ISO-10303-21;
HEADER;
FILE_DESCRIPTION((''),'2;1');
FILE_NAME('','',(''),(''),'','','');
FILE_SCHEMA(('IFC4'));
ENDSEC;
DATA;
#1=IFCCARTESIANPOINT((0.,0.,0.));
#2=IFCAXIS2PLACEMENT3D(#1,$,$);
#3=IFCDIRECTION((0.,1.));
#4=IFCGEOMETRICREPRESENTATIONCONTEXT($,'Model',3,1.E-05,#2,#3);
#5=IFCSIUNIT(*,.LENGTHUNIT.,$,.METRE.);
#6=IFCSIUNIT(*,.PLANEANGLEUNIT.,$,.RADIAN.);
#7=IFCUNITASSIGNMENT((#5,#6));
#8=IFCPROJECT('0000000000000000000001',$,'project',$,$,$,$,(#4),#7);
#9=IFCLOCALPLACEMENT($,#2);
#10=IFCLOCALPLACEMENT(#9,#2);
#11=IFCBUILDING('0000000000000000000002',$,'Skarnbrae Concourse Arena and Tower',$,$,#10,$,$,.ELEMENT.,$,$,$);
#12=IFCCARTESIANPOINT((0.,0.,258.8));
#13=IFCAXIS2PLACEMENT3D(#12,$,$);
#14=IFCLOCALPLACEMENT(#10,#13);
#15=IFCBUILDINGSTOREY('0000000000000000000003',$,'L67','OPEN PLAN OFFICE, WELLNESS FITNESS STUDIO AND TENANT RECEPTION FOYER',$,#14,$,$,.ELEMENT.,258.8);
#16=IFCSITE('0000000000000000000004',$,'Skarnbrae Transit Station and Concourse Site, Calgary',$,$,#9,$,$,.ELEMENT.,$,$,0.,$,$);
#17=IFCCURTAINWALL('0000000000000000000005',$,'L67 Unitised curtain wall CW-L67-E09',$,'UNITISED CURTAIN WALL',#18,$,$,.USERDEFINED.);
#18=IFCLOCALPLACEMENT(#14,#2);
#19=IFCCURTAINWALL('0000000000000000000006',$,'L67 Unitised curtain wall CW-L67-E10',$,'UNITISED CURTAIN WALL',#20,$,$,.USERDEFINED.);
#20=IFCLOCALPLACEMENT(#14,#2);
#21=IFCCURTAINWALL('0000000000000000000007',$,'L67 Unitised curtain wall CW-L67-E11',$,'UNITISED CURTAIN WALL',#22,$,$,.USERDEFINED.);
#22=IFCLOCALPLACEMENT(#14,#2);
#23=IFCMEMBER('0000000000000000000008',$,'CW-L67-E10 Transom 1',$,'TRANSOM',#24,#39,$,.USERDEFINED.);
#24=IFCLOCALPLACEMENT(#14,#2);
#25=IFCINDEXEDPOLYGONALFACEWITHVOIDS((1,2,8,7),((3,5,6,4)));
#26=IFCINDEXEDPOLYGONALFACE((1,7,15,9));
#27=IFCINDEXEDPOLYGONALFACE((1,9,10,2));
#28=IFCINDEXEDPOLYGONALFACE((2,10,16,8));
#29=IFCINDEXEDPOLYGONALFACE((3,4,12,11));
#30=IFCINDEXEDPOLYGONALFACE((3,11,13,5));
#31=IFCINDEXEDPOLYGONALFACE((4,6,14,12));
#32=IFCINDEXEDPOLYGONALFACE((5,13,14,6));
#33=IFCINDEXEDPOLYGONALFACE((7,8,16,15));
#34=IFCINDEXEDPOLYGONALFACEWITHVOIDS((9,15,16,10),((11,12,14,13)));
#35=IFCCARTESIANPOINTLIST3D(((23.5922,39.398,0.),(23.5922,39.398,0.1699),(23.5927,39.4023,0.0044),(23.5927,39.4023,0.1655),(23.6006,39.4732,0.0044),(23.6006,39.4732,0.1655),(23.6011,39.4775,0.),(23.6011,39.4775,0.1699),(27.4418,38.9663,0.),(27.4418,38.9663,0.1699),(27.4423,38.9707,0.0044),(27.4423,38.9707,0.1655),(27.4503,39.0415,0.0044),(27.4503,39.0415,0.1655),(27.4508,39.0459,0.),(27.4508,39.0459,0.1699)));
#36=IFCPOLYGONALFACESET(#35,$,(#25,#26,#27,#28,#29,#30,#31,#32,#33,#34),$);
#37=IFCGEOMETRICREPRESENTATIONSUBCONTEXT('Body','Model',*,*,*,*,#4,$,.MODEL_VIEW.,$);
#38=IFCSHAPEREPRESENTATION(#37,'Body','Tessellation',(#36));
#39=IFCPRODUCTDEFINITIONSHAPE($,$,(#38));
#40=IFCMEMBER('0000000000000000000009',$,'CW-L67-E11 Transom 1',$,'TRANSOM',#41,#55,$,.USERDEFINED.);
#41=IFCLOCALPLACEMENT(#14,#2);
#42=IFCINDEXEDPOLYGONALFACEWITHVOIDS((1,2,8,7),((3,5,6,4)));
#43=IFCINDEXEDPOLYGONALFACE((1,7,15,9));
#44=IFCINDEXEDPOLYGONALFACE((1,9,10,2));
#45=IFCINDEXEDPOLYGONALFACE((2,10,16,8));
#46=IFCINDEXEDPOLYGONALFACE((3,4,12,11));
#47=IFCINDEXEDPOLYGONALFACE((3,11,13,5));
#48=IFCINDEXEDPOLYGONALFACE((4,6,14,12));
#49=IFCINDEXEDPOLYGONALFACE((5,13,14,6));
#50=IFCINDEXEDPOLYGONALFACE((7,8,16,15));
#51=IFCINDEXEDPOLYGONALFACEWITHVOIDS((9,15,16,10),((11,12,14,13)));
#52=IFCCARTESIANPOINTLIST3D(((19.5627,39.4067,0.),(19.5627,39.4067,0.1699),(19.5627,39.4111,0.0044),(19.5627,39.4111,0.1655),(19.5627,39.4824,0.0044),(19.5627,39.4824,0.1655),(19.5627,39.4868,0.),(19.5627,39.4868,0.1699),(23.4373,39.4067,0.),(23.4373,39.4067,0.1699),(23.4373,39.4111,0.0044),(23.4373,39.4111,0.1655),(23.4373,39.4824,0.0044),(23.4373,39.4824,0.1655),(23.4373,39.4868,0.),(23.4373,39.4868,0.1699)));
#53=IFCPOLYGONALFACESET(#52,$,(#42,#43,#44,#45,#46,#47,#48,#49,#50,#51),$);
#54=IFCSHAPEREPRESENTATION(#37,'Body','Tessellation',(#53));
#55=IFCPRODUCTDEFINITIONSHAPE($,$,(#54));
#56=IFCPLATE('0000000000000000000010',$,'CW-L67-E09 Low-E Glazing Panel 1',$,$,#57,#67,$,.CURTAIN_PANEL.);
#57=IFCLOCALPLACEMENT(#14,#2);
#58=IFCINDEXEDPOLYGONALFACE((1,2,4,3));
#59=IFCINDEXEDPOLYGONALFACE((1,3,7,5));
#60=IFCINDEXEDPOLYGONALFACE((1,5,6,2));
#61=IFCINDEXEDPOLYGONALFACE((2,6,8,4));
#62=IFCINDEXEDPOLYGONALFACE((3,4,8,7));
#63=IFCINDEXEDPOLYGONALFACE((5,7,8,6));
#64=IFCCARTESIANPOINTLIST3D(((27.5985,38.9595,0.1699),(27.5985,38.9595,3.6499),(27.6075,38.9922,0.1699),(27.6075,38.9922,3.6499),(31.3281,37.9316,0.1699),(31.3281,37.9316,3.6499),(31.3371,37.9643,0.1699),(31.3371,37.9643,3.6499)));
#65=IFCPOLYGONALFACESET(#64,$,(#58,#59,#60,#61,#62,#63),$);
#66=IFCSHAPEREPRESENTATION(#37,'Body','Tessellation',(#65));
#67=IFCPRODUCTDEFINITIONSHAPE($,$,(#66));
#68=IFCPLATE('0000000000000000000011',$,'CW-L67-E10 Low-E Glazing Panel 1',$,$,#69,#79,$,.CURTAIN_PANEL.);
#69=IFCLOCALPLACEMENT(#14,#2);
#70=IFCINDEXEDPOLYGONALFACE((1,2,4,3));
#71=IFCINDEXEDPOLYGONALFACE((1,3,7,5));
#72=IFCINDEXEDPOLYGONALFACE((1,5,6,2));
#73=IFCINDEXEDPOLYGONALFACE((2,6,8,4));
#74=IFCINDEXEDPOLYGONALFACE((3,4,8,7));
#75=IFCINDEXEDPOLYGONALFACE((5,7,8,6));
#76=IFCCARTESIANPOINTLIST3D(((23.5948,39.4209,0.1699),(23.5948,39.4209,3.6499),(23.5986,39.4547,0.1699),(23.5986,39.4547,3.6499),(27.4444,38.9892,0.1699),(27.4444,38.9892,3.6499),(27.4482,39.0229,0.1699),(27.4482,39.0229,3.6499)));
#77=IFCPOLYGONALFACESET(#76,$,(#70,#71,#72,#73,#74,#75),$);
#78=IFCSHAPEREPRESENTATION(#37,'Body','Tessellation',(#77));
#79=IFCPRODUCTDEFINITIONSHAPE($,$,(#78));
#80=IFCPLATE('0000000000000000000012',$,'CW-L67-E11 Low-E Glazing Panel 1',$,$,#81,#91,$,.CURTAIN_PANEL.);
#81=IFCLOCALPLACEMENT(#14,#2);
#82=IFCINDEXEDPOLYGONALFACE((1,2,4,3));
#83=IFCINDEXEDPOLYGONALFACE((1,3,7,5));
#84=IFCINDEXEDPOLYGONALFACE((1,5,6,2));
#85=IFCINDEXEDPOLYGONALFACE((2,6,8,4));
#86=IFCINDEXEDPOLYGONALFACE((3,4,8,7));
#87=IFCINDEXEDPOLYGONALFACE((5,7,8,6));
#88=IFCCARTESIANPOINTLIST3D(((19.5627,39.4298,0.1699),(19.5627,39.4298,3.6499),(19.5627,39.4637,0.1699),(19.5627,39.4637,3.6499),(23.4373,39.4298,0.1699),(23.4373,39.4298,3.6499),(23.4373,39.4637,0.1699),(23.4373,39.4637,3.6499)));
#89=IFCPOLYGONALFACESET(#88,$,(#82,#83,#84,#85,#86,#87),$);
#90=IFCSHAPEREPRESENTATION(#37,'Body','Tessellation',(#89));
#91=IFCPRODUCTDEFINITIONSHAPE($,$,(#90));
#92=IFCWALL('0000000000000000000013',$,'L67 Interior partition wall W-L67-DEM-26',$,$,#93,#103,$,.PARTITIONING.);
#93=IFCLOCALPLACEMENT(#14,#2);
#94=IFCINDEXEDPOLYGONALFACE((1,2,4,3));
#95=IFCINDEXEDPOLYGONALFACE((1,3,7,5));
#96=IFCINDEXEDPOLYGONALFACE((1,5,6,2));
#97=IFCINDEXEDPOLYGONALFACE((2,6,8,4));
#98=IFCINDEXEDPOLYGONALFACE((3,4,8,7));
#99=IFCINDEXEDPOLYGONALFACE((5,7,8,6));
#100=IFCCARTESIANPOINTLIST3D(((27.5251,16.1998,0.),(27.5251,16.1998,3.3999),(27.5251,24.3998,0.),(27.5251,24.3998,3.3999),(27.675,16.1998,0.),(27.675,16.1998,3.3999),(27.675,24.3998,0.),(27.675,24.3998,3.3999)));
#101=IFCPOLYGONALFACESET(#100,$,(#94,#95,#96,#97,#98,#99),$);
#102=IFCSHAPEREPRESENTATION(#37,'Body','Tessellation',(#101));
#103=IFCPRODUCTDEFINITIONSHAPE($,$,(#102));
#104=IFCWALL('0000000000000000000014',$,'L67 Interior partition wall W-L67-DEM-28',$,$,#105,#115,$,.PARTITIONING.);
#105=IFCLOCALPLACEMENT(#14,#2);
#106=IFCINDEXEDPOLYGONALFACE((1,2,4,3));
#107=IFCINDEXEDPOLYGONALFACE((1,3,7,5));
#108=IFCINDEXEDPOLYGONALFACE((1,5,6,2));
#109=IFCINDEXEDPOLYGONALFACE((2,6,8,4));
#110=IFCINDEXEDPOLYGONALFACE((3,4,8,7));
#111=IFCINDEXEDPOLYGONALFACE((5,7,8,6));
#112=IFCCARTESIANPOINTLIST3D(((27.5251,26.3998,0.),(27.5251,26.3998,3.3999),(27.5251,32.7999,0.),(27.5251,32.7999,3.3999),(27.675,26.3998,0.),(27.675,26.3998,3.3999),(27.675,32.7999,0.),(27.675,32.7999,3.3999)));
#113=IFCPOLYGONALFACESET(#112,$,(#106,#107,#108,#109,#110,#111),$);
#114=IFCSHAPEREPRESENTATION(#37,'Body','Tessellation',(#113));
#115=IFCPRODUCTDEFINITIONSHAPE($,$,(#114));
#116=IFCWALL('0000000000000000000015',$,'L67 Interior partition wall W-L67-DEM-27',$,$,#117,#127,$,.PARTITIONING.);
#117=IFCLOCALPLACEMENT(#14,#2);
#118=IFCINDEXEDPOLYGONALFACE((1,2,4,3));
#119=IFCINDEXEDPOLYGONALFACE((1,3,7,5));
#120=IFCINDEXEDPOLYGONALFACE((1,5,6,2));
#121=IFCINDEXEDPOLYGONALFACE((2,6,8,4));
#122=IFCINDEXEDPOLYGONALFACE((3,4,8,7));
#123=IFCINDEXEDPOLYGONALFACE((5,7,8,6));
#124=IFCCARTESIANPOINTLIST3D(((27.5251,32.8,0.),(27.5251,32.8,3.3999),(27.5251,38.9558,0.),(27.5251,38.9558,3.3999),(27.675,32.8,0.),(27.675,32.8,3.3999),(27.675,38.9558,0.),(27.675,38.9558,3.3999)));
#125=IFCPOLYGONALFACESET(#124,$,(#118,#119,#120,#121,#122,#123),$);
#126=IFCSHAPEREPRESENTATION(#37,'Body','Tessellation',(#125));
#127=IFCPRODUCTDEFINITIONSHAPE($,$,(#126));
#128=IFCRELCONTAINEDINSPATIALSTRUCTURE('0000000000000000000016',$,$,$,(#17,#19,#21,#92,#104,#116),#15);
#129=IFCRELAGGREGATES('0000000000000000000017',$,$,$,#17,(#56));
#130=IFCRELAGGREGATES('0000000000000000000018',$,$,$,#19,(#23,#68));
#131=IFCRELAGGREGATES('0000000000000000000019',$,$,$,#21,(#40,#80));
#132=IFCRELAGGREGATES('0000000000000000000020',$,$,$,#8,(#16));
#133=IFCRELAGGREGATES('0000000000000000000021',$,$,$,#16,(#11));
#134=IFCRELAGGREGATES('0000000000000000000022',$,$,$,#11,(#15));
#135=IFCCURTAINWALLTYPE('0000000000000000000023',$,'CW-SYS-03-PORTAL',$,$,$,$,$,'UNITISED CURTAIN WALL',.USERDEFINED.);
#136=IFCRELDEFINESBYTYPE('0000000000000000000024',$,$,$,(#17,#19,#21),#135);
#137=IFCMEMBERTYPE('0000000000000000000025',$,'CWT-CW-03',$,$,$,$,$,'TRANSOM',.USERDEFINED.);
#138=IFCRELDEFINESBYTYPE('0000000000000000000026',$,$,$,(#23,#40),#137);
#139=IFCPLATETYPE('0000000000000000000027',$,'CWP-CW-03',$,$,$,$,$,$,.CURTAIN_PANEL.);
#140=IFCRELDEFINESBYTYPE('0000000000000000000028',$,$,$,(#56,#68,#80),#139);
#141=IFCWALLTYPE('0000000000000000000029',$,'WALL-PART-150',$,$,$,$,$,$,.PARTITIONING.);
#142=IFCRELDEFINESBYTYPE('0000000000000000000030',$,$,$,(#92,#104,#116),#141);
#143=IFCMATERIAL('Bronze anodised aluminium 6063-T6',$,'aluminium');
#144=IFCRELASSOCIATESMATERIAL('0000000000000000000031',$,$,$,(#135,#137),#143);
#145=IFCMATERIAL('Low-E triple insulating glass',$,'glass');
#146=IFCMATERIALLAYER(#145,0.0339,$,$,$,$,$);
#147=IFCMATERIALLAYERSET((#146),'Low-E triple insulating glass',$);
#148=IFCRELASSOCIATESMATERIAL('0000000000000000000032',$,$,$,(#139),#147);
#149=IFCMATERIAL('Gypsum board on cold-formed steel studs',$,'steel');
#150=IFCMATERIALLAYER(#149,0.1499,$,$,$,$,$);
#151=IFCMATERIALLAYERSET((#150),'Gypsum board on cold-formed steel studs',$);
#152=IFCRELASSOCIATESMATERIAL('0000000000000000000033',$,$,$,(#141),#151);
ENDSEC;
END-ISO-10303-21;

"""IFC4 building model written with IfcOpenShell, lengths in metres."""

from ifc_helpers import new_model, si_unit, direction, frame, frame_2d, origin, origin_2d, place, context, subcontext, project, spatial, rectangle, hollow_rectangle, extrude, source, transform, mapped, material, layer, layer_set, material_profile, profile_set, type_object, element, aggregate, save


model = new_model("IFC4")

# Units and contexts
model_context = context("Model", 3, precision=1e-05, world=origin(), true_north=direction((0.0, 1.0)))
body_context = subcontext(model_context, "Body", "Model", "MODEL_VIEW")
ifc_project = project(units=[si_unit("LENGTHUNIT", "METRE"), si_unit("PLANEANGLEUNIT", "RADIAN")], contexts=[model_context])

# Site, building, storey
site_placement = place(None, origin())
site = spatial("IfcSite", under=ifc_project, at=site_placement, Name="Skarnbrae Transit Station and Concourse Site, Calgary", CompositionType="ELEMENT", RefElevation=0.0)
building_placement = place(site_placement, origin())
building = spatial("IfcBuilding", under=site, at=building_placement, Name="Skarnbrae Concourse Arena and Tower", CompositionType="ELEMENT")
storey_placement = place(building_placement, frame((0.0, 0.0, 258.8)))
storey = spatial("IfcBuildingStorey", under=building, at=storey_placement, Name="L67", Description="OPEN PLAN OFFICE, WELLNESS FITNESS STUDIO AND TENANT RECEPTION FOYER", CompositionType="ELEMENT", Elevation=258.8)

# Curtain walls
ifc_material_1 = material(Name="Bronze anodised aluminium 6063-T6", Category="aluminium")
curtain_wall_type_1 = type_object("IfcCurtainWallType", Name="CW-SYS-03-PORTAL", ElementType="UNITISED CURTAIN WALL", PredefinedType="USERDEFINED", material=ifc_material_1)
curtain_wall_1_placement = place(storey_placement, origin())
curtain_wall_1 = element("IfcCurtainWall", 1, at=curtain_wall_1_placement, inside=storey, type_object=curtain_wall_type_1, Name="L67 Unitised curtain wall CW-L67-E09", ObjectType="UNITISED CURTAIN WALL", PredefinedType="USERDEFINED")
curtain_wall_2_placement = place(storey_placement, origin())
curtain_wall_2 = element("IfcCurtainWall", 2, at=curtain_wall_2_placement, inside=storey, type_object=curtain_wall_type_1, Name="L67 Unitised curtain wall CW-L67-E10", ObjectType="UNITISED CURTAIN WALL", PredefinedType="USERDEFINED")

# Curtain wall
curtain_wall_3_placement = place(storey_placement, origin())
curtain_wall_3 = element("IfcCurtainWall", 3, at=curtain_wall_3_placement, inside=storey, type_object=curtain_wall_type_1, Name="L67 Unitised curtain wall CW-L67-E11", ObjectType="UNITISED CURTAIN WALL", PredefinedType="USERDEFINED")

# Members
ifc_material_profile_1 = material_profile(ifc_material_1, hollow_rectangle(XDim=0.0801, YDim=0.1699, WallThickness=0.0044, at=origin_2d()), Name="ALU-TRAN-80X170")
ifc_profile_set_1 = profile_set([ifc_material_profile_1], Name="Bronze anodised aluminium 6063-T6")
member_type_1 = type_object("IfcMemberType", Name="CWT-CW-03", ElementType="TRANSOM", PredefinedType="USERDEFINED", material=ifc_profile_set_1)
shared_shape_1 = source(origin(), body_context, "Body", "SweptSolid", [
    extrude(hollow_rectangle(XDim=0.0801, YDim=0.1699, WallThickness=0.0044, at=origin_2d()), origin(), (0.0, 0.0, 1.0), 3.8738),
])
member_1_placement = place(storey_placement, frame((27.4463, 39.0061, 0.085), z_axis=(-0.993773, 0.111428, 0.0), x_axis=(-0.111428, -0.993773, 0.0)))
member_1 = element("IfcMember", 4, at=member_1_placement, type_object=member_type_1, Name="CW-L67-E10 Transom 1", ObjectType="TRANSOM", PredefinedType="USERDEFINED", context=body_context, shape_type="MappedRepresentation", body=[
    mapped(shared_shape_1, transform((0.0, 0.0, 0.0))),
])
shared_shape_2 = source(origin(), body_context, "Body", "SweptSolid", [
    extrude(hollow_rectangle(XDim=0.0801, YDim=0.1699, WallThickness=0.0044, at=origin_2d()), origin(), (0.0, 0.0, 1.0), 3.8745),
])
member_2_placement = place(storey_placement, frame((23.4373, 39.4468, 0.085), z_axis=(-1.0, 0.0, 0.0), x_axis=(0.0, -1.0, 0.0)))
member_2 = element("IfcMember", 5, at=member_2_placement, type_object=member_type_1, Name="CW-L67-E11 Transom 1", ObjectType="TRANSOM", PredefinedType="USERDEFINED", context=body_context, shape_type="MappedRepresentation", body=[
    mapped(shared_shape_2, transform((0.0, 0.0, 0.0))),
])

# Plates
ifc_material_2 = material(Name="Low-E triple insulating glass", Category="glass")
ifc_layer_1 = layer(ifc_material_2, 0.0339)
ifc_layer_set_1 = layer_set([ifc_layer_1], Name="Low-E triple insulating glass")
plate_type = type_object("IfcPlateType", Name="CWP-CW-03", PredefinedType="CURTAIN_PANEL", material=ifc_layer_set_1)
shared_shape_3 = source(origin(), body_context, "Body", "SweptSolid", [
    extrude(rectangle(XDim=3.8687, YDim=0.0339, at=origin_2d()), origin(), (0.0, 0.0, 1.0), 3.48),
])
plate_1_placement = place(storey_placement, frame((29.4678, 38.4619, 0.1699), z_axis=(0.0, 0.0, 1.0), x_axis=(-0.964057, 0.265694, 0.0)))
plate_1 = element("IfcPlate", 6, at=plate_1_placement, type_object=plate_type, Name="CW-L67-E09 Low-E Glazing Panel 1", PredefinedType="CURTAIN_PANEL", context=body_context, shape_type="MappedRepresentation", body=[
    mapped(shared_shape_3, transform((0.0, 0.0, 0.0))),
])
aggregate(curtain_wall_1, [plate_1])
shared_shape_4 = source(origin(), body_context, "Body", "SweptSolid", [
    extrude(rectangle(XDim=3.8738, YDim=0.0339, at=origin_2d()), origin(), (0.0, 0.0, 1.0), 3.48),
])
plate_2_placement = place(storey_placement, frame((25.5215, 39.2219, 0.1699), z_axis=(0.0, 0.0, 1.0), x_axis=(-0.993769, 0.11146, 0.0)))
plate_2 = element("IfcPlate", 7, at=plate_2_placement, type_object=plate_type, Name="CW-L67-E10 Low-E Glazing Panel 1", PredefinedType="CURTAIN_PANEL", context=body_context, shape_type="MappedRepresentation", body=[
    mapped(shared_shape_4, transform((0.0, 0.0, 0.0))),
])
aggregate(curtain_wall_2, [member_1, plate_2])
shared_shape_5 = source(origin(), body_context, "Body", "SweptSolid", [
    extrude(rectangle(XDim=3.8745, YDim=0.0339, at=origin_2d()), origin(), (0.0, 0.0, 1.0), 3.48),
])
plate_3_placement = place(storey_placement, frame((21.5, 39.4468, 0.1699), z_axis=(0.0, 0.0, 1.0), x_axis=(-1.0, 0.0, 0.0)))
plate_3 = element("IfcPlate", 8, at=plate_3_placement, type_object=plate_type, Name="CW-L67-E11 Low-E Glazing Panel 1", PredefinedType="CURTAIN_PANEL", context=body_context, shape_type="MappedRepresentation", body=[
    mapped(shared_shape_5, transform((0.0, 0.0, 0.0))),
])
aggregate(curtain_wall_3, [member_2, plate_3])

# Walls
ifc_material_3 = material(Name="Gypsum board on cold-formed steel studs", Category="steel")
ifc_layer_2 = layer(ifc_material_3, 0.1499)
ifc_layer_set_2 = layer_set([ifc_layer_2], Name="Gypsum board on cold-formed steel studs")
wall_type = type_object("IfcWallType", Name="WALL-PART-150", PredefinedType="PARTITIONING", material=ifc_layer_set_2)
shared_shape_6 = source(origin(), body_context, "Body", "SweptSolid", [
    extrude(rectangle(XDim=8.2, YDim=0.1499, at=frame_2d((4.1001, 0.0))), origin(), (0.0, 0.0, 1.0), 3.3999),
])
wall_1_placement = place(storey_placement, frame((27.6001, 24.3999, 0.0), z_axis=(0.0, 0.0, 1.0), x_axis=(0.0, -1.0, 0.0)))
element("IfcWall", 9, at=wall_1_placement, inside=storey, type_object=wall_type, Name="L67 Interior partition wall W-L67-DEM-26", PredefinedType="PARTITIONING", context=body_context, shape_type="MappedRepresentation", body=[
    mapped(shared_shape_6, transform((0.0, 0.0, 0.0))),
])
shared_shape_7 = source(origin(), body_context, "Body", "SweptSolid", [
    extrude(rectangle(XDim=6.4001, YDim=0.1499, at=frame_2d((3.2002, 0.0))), origin(), (0.0, 0.0, 1.0), 3.3999),
])
wall_2_placement = place(storey_placement, frame((27.6001, 32.8, 0.0), z_axis=(0.0, 0.0, 1.0), x_axis=(0.0, -1.0, 0.0)))
element("IfcWall", 10, at=wall_2_placement, inside=storey, type_object=wall_type, Name="L67 Interior partition wall W-L67-DEM-28", PredefinedType="PARTITIONING", context=body_context, shape_type="MappedRepresentation", body=[
    mapped(shared_shape_7, transform((0.0, 0.0, 0.0))),
])
shared_shape_8 = source(origin(), body_context, "Body", "SweptSolid", [
    extrude(rectangle(XDim=6.1558, YDim=0.1499, at=frame_2d((3.0779, 0.0))), origin(), (0.0, 0.0, 1.0), 3.3999),
])
wall_3_placement = place(storey_placement, frame((27.6001, 38.9558, 0.0), z_axis=(0.0, 0.0, 1.0), x_axis=(0.0, -1.0, 0.0)))
element("IfcWall", 11, at=wall_3_placement, inside=storey, type_object=wall_type, Name="L67 Interior partition wall W-L67-DEM-27", PredefinedType="PARTITIONING", context=body_context, shape_type="MappedRepresentation", body=[
    mapped(shared_shape_8, transform((0.0, 0.0, 0.0))),
])

save(model, "model.ifc")
